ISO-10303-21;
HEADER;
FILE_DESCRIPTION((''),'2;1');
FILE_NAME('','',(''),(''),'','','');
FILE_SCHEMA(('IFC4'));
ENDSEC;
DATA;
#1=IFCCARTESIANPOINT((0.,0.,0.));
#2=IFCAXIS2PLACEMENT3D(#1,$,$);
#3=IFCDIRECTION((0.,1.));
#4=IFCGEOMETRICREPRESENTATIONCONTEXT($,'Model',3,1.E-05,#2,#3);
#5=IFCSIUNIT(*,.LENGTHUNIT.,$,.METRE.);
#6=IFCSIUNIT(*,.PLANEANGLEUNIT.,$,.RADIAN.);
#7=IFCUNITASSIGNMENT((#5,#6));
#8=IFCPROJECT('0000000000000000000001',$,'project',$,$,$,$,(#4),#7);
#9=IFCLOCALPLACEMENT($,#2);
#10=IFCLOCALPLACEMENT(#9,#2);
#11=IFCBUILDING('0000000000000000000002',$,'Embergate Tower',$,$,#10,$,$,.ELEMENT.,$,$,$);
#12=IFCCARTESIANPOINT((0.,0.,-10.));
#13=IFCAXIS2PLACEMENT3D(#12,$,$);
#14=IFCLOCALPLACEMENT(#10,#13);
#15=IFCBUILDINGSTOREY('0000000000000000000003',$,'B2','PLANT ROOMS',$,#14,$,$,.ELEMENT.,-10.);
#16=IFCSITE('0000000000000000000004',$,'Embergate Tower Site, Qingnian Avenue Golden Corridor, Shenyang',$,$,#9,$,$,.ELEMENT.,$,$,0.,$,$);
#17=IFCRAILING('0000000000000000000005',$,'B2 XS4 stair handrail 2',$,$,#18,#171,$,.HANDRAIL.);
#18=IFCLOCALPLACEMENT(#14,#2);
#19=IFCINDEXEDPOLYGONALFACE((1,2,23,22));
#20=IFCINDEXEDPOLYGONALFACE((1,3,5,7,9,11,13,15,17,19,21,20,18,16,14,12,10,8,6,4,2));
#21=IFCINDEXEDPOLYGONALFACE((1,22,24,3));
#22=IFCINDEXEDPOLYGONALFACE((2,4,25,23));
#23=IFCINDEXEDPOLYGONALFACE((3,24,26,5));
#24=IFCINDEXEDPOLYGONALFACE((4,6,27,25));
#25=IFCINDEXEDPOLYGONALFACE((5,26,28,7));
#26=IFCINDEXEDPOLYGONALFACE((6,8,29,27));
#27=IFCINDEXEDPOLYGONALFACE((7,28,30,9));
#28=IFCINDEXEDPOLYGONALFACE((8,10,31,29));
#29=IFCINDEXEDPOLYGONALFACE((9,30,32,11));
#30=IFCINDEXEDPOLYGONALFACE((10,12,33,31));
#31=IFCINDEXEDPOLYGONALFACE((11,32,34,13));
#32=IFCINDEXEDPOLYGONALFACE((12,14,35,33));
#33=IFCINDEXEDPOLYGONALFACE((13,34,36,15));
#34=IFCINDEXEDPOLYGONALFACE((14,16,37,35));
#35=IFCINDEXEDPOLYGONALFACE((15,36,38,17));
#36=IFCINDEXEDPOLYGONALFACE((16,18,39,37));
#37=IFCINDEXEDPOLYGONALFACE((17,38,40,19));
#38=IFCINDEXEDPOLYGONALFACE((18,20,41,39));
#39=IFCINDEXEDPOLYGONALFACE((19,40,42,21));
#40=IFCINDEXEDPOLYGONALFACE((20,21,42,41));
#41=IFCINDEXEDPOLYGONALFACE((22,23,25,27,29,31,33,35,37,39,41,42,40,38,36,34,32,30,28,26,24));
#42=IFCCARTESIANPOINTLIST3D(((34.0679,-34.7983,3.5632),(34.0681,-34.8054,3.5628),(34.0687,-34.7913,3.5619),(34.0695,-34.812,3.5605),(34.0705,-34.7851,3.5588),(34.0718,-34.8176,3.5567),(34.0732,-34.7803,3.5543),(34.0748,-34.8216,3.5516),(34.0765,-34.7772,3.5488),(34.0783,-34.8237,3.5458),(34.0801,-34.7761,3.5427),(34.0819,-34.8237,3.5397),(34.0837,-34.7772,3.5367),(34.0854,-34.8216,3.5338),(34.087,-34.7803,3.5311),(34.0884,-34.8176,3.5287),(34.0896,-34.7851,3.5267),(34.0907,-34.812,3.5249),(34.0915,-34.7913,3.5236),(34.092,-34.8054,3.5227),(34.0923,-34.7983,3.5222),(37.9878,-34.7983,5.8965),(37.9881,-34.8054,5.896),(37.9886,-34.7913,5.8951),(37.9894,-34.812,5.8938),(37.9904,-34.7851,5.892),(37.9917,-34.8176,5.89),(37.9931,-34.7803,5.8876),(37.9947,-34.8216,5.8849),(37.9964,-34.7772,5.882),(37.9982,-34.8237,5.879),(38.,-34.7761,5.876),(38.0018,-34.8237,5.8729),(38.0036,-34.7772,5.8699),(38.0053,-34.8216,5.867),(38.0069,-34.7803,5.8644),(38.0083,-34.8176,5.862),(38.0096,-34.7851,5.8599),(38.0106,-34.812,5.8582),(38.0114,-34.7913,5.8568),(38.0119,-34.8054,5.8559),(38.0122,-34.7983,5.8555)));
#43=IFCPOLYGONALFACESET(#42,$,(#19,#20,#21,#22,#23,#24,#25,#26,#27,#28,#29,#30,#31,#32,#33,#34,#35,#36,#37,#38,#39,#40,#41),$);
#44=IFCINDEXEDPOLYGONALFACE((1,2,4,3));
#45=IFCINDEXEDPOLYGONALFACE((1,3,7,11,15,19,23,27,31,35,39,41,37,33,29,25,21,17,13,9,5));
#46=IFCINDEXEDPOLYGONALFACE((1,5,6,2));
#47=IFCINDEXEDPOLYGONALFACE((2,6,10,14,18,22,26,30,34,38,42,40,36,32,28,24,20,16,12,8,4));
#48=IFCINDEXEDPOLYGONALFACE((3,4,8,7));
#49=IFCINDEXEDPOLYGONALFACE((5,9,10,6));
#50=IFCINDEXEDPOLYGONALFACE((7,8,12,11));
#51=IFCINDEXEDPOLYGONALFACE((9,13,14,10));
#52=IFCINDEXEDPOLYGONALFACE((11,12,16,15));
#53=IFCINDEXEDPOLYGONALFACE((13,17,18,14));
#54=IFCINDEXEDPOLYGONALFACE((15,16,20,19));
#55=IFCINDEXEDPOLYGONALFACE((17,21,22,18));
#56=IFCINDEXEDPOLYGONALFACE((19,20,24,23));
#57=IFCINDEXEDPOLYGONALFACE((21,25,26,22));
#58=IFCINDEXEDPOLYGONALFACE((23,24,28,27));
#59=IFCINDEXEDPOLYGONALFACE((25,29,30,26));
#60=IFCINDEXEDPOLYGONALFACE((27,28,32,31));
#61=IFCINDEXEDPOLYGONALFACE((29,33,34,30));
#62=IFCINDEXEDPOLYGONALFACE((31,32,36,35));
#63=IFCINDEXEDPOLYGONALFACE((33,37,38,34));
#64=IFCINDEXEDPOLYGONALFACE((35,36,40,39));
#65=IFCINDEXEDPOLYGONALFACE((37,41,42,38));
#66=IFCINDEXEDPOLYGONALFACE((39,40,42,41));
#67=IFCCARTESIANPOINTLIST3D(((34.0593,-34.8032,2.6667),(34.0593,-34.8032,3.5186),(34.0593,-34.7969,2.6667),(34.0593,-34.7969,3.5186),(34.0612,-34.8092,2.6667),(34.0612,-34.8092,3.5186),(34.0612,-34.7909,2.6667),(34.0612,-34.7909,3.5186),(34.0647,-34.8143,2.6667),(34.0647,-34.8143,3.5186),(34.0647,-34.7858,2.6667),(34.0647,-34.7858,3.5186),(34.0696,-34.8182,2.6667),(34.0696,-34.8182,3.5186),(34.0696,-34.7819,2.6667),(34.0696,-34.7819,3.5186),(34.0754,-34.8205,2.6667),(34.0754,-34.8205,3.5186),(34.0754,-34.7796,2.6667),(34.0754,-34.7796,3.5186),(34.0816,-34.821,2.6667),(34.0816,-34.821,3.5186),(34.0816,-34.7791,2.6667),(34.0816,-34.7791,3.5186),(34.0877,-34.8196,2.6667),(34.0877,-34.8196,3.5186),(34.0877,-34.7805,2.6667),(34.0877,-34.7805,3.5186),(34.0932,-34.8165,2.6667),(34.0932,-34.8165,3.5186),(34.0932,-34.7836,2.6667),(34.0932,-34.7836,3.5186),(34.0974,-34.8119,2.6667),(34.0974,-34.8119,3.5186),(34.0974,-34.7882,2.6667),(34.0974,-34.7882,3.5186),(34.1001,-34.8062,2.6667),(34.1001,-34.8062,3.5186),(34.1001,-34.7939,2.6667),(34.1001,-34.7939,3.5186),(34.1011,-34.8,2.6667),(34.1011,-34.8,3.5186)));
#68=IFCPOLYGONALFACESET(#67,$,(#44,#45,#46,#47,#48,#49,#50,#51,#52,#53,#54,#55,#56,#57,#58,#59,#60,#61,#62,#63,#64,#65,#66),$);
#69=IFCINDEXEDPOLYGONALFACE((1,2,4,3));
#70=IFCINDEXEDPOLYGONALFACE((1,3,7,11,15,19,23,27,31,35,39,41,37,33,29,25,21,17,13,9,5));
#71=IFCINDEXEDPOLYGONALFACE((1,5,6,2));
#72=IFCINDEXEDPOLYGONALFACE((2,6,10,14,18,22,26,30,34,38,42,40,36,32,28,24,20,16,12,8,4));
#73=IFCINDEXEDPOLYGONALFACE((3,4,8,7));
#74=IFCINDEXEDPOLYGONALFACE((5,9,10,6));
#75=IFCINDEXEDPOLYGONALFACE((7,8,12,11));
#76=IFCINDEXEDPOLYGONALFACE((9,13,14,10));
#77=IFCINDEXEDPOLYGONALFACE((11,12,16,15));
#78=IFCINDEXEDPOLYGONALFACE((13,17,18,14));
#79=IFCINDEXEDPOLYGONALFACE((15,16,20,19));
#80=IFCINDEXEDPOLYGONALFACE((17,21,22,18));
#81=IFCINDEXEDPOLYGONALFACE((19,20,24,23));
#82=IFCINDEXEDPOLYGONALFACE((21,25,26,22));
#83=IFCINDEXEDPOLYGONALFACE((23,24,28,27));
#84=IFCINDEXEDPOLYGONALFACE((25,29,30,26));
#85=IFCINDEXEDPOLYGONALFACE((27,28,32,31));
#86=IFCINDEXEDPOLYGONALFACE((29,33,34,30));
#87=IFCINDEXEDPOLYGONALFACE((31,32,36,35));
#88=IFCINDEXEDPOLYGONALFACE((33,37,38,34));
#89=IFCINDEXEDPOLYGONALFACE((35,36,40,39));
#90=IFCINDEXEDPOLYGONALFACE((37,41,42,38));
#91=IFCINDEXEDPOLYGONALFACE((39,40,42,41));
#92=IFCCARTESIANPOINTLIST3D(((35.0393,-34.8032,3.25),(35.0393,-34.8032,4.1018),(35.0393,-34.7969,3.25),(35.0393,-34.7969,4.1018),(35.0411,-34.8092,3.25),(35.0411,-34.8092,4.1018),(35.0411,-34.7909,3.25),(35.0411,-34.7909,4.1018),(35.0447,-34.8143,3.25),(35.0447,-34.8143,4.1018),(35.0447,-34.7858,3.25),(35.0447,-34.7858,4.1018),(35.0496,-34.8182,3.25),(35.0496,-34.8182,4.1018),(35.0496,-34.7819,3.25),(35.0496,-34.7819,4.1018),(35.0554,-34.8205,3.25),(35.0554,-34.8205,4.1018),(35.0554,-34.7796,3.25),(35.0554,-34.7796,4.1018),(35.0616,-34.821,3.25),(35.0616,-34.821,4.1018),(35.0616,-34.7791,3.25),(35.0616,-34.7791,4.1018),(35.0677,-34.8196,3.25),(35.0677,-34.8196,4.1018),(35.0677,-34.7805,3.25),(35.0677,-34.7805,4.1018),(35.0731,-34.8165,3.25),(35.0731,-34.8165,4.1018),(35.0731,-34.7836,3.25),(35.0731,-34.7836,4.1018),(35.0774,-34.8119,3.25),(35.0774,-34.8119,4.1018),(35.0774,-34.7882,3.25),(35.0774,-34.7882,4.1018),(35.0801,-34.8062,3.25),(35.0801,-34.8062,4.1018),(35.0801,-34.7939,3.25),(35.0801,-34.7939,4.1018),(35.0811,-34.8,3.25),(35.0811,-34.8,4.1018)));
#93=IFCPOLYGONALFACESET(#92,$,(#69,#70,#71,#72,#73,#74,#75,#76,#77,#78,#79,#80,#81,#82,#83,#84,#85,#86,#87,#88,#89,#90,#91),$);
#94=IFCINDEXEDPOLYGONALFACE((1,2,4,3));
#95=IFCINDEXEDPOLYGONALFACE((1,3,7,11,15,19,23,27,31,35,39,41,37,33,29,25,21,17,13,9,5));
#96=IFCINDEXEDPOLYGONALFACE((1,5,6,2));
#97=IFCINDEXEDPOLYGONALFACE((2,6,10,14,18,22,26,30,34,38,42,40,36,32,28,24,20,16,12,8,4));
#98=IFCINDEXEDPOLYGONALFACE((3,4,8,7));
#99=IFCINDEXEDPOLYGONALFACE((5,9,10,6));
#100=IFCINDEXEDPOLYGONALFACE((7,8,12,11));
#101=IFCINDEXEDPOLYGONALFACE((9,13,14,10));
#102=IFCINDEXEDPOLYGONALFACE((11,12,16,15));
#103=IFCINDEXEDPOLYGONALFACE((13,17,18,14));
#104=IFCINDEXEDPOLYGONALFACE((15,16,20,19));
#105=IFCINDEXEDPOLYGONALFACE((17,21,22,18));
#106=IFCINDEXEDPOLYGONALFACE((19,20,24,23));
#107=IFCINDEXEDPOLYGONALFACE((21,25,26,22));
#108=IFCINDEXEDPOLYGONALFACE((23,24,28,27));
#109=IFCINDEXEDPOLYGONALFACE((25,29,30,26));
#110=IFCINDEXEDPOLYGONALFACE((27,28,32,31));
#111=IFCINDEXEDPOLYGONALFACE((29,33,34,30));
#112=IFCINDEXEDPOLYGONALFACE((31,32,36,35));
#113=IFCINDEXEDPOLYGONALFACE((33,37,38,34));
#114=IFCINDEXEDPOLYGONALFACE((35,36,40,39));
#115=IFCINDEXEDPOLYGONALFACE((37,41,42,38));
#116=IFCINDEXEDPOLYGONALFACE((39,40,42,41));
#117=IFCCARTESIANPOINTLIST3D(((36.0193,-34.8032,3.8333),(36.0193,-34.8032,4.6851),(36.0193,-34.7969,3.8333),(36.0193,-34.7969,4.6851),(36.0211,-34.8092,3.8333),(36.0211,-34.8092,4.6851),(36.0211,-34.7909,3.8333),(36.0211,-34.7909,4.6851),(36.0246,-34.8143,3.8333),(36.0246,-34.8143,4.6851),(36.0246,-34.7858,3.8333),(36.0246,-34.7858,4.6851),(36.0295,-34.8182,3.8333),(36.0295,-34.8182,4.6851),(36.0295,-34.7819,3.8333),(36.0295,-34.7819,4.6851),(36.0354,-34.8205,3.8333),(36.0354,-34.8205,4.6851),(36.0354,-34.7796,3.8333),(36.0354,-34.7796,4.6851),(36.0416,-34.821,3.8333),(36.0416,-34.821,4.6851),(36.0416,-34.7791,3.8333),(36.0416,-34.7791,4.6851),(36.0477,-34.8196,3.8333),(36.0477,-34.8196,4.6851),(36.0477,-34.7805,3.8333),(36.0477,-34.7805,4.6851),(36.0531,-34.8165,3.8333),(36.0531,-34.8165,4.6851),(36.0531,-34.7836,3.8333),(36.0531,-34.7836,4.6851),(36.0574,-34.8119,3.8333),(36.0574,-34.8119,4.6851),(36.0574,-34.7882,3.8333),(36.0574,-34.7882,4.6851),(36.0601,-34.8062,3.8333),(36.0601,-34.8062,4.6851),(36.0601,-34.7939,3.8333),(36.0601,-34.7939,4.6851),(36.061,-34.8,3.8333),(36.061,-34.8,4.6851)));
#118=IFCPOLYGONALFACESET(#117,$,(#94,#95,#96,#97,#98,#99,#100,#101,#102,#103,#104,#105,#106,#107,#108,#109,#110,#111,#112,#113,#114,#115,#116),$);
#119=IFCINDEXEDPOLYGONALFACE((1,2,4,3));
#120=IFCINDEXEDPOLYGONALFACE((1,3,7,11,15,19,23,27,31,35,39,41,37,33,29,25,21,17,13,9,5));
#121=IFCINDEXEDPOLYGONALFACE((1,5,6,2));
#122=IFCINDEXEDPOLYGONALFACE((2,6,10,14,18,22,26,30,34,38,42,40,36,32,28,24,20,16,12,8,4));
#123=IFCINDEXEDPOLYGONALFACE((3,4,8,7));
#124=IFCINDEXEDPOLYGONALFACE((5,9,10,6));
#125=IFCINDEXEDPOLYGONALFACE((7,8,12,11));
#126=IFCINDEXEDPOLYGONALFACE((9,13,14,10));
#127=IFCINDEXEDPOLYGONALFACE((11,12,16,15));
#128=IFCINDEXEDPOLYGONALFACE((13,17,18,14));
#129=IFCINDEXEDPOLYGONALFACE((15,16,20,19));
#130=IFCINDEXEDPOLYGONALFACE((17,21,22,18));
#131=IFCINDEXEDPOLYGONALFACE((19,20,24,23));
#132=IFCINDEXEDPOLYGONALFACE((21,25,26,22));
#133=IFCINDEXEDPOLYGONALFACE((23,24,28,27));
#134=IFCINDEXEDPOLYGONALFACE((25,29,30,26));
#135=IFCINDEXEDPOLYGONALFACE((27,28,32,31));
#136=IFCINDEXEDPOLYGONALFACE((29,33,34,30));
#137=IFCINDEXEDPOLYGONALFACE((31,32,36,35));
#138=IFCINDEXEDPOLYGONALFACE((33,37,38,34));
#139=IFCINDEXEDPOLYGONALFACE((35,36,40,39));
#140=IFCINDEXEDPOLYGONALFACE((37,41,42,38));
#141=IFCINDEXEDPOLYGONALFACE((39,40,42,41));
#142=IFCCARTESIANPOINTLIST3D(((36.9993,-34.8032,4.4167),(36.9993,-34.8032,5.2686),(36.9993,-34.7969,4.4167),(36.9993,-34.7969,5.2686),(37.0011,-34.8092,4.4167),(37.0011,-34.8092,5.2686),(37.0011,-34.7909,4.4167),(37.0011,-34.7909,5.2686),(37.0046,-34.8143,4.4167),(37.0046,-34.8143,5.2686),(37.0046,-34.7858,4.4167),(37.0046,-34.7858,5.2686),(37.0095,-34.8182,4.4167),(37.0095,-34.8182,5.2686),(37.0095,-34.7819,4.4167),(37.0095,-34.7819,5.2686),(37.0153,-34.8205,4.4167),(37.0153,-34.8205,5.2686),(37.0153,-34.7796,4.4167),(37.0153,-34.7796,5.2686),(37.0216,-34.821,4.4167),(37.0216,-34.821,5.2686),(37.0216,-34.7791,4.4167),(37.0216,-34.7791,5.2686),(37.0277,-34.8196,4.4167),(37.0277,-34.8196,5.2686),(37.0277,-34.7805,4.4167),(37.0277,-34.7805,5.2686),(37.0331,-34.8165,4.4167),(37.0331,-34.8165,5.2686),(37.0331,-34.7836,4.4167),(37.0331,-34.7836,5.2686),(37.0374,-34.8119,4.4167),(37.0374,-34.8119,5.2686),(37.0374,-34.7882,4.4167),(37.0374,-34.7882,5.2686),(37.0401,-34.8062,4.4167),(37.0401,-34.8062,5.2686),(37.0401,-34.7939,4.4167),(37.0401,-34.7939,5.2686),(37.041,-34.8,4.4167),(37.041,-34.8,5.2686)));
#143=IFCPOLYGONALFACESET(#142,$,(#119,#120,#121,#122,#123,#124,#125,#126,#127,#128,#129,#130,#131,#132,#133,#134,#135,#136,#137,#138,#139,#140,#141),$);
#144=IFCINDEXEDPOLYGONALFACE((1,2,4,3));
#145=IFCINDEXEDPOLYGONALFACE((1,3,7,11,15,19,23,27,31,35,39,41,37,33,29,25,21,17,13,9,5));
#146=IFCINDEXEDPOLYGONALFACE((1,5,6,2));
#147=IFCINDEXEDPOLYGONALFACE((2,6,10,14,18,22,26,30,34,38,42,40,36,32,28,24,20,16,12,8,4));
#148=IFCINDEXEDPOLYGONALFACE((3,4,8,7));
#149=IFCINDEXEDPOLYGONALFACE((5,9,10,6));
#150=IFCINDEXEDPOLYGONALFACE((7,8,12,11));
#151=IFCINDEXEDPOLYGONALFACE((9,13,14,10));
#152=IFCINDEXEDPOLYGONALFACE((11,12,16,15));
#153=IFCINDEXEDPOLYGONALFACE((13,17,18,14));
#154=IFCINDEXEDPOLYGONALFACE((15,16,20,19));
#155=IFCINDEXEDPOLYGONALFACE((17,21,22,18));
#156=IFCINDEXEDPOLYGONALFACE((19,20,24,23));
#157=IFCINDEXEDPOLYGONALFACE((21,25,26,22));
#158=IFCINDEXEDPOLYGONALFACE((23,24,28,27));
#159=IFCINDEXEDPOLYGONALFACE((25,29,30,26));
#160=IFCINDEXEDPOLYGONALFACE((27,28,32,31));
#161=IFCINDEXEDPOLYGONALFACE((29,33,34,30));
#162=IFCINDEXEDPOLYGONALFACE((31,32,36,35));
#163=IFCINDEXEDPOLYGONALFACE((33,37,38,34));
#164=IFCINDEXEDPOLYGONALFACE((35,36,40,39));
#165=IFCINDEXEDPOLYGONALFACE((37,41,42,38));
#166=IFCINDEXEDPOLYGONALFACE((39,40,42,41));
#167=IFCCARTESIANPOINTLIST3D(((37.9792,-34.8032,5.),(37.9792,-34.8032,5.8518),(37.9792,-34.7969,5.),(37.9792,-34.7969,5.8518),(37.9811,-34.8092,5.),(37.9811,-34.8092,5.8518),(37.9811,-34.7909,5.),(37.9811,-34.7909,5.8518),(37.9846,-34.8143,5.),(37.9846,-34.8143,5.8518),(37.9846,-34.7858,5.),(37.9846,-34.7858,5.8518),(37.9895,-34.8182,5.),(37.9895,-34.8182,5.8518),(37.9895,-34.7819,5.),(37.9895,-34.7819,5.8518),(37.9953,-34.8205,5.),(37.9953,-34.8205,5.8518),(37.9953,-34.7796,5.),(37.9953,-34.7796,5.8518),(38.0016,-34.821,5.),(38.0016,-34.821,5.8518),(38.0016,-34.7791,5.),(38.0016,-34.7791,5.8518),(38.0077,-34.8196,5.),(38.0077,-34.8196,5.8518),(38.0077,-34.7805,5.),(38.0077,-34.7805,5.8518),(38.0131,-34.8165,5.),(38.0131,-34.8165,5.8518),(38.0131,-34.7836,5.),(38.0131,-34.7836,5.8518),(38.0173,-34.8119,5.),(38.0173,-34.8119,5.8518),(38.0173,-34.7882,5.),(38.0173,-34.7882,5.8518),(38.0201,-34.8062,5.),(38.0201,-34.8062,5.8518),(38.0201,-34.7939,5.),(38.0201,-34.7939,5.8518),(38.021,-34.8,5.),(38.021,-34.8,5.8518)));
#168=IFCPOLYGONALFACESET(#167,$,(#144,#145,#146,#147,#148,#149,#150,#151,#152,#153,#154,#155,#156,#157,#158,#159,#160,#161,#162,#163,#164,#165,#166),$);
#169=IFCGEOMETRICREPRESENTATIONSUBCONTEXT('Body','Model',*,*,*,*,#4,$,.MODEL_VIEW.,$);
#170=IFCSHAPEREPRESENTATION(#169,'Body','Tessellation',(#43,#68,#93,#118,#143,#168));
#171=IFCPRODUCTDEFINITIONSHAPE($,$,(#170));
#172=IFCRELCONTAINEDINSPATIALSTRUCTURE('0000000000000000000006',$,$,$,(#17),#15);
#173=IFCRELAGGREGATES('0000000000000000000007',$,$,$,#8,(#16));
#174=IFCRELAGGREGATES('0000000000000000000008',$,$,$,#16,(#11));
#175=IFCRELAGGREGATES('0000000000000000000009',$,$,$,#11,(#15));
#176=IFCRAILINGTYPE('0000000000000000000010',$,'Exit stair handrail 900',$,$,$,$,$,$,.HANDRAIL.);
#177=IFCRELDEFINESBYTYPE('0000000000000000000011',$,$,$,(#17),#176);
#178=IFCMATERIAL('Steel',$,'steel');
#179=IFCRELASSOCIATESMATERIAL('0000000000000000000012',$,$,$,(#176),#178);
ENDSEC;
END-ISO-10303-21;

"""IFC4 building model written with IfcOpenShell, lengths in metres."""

from ifc_helpers import new_model, si_unit, direction, frame, origin, origin_2d, place, context, subcontext, project, spatial, circle, extrude, source, transform, mapped, material, type_object, element, save


model = new_model("IFC4")

# Units and contexts
model_context = context("Model", 3, precision=1e-05, world=origin(), true_north=direction((0.0, 1.0)))
body_context = subcontext(model_context, "Body", "Model", "MODEL_VIEW")
ifc_project = project(units=[si_unit("LENGTHUNIT", "METRE"), si_unit("PLANEANGLEUNIT", "RADIAN")], contexts=[model_context])

# Site, building, storey
site_placement = place(None, origin())
site = spatial("IfcSite", under=ifc_project, at=site_placement, Name="Embergate Tower Site, Qingnian Avenue Golden Corridor, Shenyang", CompositionType="ELEMENT", RefElevation=0.0)
building_placement = place(site_placement, origin())
building = spatial("IfcBuilding", under=site, at=building_placement, Name="Embergate Tower", CompositionType="ELEMENT")
storey_placement = place(building_placement, frame((0.0, 0.0, -10.0)))
storey = spatial("IfcBuildingStorey", under=building, at=storey_placement, Name="B2", Description="PLANT ROOMS", CompositionType="ELEMENT", Elevation=-10.0)

# Railing
ifc_material_1 = material(Name="Steel", Category="steel")
railing_type_1 = type_object("IfcRailingType", Name="Exit stair handrail 900", PredefinedType="HANDRAIL", material=ifc_material_1)
shared_shape_1 = source(origin(), body_context, "Body", "SweptSolid", [
    extrude(circle(Radius=0.0239, at=origin_2d()), frame((0.0, 0.0, 0.876), z_axis=(0.859296, 0.0, 0.511478), x_axis=(0.0, 1.0, 0.0)), (0.0, 0.0, 1.0), 4.5618),
    extrude(circle(Radius=0.021, at=origin_2d()), origin(), (0.0, 0.0, 1.0), 0.8518),
    extrude(circle(Radius=0.021, at=origin_2d()), frame((0.98, 0.0, 0.5833)), (0.0, 0.0, 1.0), 0.8518),
    extrude(circle(Radius=0.021, at=origin_2d()), frame((1.96, 0.0, 1.1665)), (0.0, 0.0, 1.0), 0.8518),
    extrude(circle(Radius=0.021, at=origin_2d()), frame((2.9399, 0.0, 1.75)), (0.0, 0.0, 1.0), 0.8518),
    extrude(circle(Radius=0.021, at=origin_2d()), frame((3.9199, 0.0, 2.3333)), (0.0, 0.0, 1.0), 0.8518),
])
railing_1_placement = place(storey_placement, frame((34.0801, -34.8, 2.6667)))
element("IfcRailing", 1, at=railing_1_placement, inside=storey, type_object=railing_type_1, Name="B2 XS4 stair handrail 2", PredefinedType="HANDRAIL", context=body_context, shape_type="MappedRepresentation", body=[
    mapped(shared_shape_1, transform((0.0, 0.0, 0.0))),
])

save(model, "model.ifc")
